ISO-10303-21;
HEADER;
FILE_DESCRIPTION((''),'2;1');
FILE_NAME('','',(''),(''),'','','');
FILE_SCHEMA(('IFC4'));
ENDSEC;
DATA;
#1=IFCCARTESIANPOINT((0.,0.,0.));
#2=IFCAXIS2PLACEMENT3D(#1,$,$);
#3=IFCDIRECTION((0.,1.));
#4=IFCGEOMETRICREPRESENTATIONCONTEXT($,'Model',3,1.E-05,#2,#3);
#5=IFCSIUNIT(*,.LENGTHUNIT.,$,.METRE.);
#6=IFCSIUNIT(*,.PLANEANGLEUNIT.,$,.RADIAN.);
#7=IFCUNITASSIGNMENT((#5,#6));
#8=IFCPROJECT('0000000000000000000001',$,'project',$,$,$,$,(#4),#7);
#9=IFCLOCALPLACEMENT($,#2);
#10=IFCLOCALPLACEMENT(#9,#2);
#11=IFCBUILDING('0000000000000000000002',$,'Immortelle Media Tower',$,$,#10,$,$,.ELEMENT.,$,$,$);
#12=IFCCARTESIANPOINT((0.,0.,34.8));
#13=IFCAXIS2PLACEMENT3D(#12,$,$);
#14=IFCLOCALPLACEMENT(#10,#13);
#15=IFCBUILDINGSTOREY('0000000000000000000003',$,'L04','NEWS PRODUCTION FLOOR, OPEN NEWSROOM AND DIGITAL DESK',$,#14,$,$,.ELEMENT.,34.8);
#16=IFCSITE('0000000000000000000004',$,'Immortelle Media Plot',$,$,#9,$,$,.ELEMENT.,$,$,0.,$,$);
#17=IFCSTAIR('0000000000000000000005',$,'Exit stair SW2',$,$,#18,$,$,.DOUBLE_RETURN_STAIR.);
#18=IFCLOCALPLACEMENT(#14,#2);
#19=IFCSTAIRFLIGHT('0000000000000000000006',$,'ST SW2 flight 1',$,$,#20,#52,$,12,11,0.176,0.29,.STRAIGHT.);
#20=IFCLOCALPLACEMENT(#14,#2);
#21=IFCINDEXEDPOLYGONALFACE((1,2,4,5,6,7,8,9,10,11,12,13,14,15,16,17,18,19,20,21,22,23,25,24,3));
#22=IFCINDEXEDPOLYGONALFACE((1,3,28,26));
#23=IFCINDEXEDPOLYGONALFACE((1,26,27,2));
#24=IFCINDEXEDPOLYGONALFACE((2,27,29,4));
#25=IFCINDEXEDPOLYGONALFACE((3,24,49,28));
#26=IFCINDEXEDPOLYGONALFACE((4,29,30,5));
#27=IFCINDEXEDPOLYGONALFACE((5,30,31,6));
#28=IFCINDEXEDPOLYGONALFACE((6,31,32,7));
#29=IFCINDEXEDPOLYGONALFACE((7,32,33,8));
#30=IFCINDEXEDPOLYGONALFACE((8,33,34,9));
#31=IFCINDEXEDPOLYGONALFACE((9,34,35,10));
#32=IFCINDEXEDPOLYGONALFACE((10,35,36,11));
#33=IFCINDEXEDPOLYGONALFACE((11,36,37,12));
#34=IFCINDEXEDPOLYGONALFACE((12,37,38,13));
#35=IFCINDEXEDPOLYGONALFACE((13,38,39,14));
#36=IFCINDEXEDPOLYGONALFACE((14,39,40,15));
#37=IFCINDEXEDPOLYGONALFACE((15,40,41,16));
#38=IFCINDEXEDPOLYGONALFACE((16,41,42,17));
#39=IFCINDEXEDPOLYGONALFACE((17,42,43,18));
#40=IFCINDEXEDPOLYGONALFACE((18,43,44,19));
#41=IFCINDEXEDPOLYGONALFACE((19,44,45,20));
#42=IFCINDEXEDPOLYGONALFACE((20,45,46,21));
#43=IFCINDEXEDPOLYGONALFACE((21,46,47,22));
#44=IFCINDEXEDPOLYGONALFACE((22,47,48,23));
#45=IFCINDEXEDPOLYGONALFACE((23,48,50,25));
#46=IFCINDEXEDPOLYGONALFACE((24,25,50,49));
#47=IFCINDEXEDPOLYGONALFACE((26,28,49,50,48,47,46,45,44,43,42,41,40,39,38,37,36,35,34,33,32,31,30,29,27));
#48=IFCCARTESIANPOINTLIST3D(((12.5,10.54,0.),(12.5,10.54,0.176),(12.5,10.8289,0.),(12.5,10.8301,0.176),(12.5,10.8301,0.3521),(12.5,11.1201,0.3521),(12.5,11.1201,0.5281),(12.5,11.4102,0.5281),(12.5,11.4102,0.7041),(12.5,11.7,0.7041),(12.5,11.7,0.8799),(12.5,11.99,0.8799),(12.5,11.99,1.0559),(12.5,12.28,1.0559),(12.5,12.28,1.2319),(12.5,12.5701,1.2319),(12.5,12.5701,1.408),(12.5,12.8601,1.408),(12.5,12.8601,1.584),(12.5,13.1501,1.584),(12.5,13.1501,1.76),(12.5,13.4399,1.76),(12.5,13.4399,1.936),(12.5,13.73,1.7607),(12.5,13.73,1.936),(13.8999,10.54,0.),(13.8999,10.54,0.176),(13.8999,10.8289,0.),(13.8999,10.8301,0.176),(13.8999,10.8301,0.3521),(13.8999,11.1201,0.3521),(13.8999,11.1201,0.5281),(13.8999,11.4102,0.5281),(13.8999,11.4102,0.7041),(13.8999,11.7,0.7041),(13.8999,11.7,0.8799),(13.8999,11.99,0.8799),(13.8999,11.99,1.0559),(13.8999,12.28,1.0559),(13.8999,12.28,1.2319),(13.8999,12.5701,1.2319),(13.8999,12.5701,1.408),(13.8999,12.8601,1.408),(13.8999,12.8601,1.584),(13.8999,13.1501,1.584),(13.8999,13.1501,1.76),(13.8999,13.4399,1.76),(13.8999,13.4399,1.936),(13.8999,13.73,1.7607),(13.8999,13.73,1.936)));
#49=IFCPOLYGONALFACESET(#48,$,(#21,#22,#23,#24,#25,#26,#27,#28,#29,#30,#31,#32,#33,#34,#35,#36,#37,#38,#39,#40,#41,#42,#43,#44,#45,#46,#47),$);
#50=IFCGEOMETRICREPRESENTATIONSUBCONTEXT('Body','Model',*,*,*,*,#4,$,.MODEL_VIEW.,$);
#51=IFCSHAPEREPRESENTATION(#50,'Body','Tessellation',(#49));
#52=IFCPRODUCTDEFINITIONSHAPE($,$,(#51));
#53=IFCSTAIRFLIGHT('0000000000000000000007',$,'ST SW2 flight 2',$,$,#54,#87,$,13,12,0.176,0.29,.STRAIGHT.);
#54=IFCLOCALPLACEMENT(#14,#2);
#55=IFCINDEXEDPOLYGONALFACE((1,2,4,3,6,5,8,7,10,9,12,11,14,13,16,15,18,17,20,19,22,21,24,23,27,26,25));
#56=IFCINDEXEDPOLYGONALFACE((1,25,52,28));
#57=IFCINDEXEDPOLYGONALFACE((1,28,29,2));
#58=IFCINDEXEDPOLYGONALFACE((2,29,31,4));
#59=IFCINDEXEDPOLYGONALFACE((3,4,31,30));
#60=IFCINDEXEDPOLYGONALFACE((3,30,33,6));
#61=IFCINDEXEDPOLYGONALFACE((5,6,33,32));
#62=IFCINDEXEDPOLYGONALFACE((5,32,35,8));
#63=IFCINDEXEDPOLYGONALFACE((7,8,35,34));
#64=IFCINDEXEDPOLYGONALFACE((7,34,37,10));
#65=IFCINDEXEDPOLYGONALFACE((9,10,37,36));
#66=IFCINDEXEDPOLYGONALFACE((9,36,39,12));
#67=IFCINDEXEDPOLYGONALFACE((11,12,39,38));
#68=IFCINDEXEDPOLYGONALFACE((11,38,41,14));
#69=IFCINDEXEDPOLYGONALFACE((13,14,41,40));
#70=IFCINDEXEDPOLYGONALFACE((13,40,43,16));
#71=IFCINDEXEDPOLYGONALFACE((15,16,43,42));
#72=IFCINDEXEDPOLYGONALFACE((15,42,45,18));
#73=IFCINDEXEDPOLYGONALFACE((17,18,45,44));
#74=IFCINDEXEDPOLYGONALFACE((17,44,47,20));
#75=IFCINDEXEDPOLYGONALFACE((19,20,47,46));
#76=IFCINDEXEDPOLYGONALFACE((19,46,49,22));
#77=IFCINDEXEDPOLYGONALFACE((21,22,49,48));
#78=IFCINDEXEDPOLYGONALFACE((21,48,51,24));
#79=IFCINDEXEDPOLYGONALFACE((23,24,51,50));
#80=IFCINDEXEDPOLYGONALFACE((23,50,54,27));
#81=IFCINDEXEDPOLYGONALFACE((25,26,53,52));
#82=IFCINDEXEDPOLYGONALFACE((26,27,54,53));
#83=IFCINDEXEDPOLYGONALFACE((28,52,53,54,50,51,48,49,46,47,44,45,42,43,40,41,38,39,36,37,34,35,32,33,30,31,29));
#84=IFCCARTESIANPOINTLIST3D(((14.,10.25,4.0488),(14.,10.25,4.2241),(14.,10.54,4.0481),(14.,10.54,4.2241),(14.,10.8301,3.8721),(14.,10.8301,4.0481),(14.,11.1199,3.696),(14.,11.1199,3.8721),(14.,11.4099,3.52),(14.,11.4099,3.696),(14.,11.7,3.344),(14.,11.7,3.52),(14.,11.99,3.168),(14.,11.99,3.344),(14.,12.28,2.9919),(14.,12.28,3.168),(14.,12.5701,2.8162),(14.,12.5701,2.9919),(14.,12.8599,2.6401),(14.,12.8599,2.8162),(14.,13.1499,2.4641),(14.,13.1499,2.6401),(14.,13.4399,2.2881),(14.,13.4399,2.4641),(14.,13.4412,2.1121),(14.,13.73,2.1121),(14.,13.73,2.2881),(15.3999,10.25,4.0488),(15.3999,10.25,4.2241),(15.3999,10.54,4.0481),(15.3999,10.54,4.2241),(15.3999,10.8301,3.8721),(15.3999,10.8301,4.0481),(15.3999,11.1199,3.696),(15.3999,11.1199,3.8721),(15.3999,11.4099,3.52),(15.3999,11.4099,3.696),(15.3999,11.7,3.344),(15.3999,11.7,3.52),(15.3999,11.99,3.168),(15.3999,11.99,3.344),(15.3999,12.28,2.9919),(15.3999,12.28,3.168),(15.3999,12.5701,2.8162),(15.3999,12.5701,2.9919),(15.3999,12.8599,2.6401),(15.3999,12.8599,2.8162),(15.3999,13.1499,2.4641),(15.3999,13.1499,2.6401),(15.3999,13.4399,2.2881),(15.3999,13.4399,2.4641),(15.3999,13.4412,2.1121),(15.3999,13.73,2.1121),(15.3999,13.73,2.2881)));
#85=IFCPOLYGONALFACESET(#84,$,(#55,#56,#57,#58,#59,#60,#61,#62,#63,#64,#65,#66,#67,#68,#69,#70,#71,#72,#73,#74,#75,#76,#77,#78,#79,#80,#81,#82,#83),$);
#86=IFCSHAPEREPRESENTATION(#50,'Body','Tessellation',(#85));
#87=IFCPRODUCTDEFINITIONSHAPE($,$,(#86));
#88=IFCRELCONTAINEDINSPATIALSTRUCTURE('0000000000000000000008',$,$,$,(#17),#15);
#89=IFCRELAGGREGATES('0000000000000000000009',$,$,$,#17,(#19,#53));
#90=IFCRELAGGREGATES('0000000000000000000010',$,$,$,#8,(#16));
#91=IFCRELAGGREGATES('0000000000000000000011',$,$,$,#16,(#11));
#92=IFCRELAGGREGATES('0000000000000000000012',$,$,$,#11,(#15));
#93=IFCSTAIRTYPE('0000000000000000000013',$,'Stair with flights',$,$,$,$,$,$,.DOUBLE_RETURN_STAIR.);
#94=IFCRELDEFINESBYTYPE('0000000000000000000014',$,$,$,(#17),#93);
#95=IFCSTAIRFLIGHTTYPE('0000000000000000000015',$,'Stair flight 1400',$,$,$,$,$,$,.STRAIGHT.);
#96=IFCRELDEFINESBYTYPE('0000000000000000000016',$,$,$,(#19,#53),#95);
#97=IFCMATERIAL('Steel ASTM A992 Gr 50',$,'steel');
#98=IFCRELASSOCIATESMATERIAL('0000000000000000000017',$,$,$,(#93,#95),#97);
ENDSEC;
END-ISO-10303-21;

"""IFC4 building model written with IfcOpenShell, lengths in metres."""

from ifc_helpers import new_model, si_unit, direction, frame, origin, place, context, subcontext, project, spatial, polyline, outline, extrude, material, type_object, element, aggregate, save


model = new_model("IFC4")

# Units and contexts
model_context = context("Model", 3, precision=1e-05, world=origin(), true_north=direction((0.0, 1.0)))
body_context = subcontext(model_context, "Body", "Model", "MODEL_VIEW")
ifc_project = project(units=[si_unit("LENGTHUNIT", "METRE"), si_unit("PLANEANGLEUNIT", "RADIAN")], contexts=[model_context])

# Site, building, storey
site_placement = place(None, origin())
site = spatial("IfcSite", under=ifc_project, at=site_placement, Name="Immortelle Media Plot", CompositionType="ELEMENT", RefElevation=0.0)
building_placement = place(site_placement, origin())
building = spatial("IfcBuilding", under=site, at=building_placement, Name="Immortelle Media Tower", CompositionType="ELEMENT")
storey_placement = place(building_placement, frame((0.0, 0.0, 34.8)))
storey = spatial("IfcBuildingStorey", under=building, at=storey_placement, Name="L04", Description="NEWS PRODUCTION FLOOR, OPEN NEWSROOM AND DIGITAL DESK", CompositionType="ELEMENT", Elevation=34.8)

# Shared definitions
ifc_material_1 = material(Name="Steel ASTM A992 Gr 50", Category="steel")

# Shared definitions
stair_type = type_object("IfcStairType", Name="Stair with flights", PredefinedType="DOUBLE_RETURN_STAIR", material=ifc_material_1)
stair_flight_type = type_object("IfcStairFlightType", Name="Stair flight 1400", PredefinedType="STRAIGHT", material=ifc_material_1)

# Stair, stair flights
stair_1_placement = place(storey_placement, origin())
stair_1 = element("IfcStair", 1, at=stair_1_placement, inside=storey, type_object=stair_type, Name="Exit stair SW2", PredefinedType="DOUBLE_RETURN_STAIR")
stair_flight_1_placement = place(storey_placement, frame((13.2, 10.54, 0.0), z_axis=(0.0, 0.0, 1.0), x_axis=(0.0, 1.0, 0.0)))
stair_flight_1 = element("IfcStairFlight", 2, at=stair_flight_1_placement, type_object=stair_flight_type, Name="ST SW2 flight 1", NumberOfRisers=12, NumberOfTreads=11, PredefinedType="STRAIGHT", RiserHeight=0.176, TreadLength=0.29, context=body_context, shape_type="SweptSolid", body=[
    extrude(outline(polyline([(0.0, 0.0), (0.0, 0.176), (0.29, 0.176), (0.29, 0.3521), (0.5801, 0.3521), (0.5801, 0.5281), (0.8701, 0.5281), (0.8701, 0.7041), (1.1599, 0.7041), (1.1599, 0.8799), (1.45, 0.8799), (1.45, 1.0559), (1.74, 1.0559), (1.74, 1.2319), (2.03, 1.2319), (2.03, 1.408), (2.3201, 1.408), (2.3201, 1.584), (2.6101, 1.584), (2.6101, 1.76), (2.8999, 1.76), (2.8999, 1.936), (3.1899, 1.936), (3.1899, 2.1121), (3.1899, 1.7607), (0.2888, 0.0), (0.0, 0.0)])), frame((0.0, 0.7, 0.0), z_axis=(0.0, -1.0, 0.0), x_axis=(1.0, 0.0, 0.0)), (0.0, 0.0, 1.0), 1.3999),
])
stair_flight_2_placement = place(storey_placement, frame((14.7, 13.73, 2.1121), z_axis=(0.0, 0.0, 1.0), x_axis=(0.0, -1.0, 0.0)))
stair_flight_2 = element("IfcStairFlight", 3, at=stair_flight_2_placement, type_object=stair_flight_type, Name="ST SW2 flight 2", NumberOfRisers=13, NumberOfTreads=12, PredefinedType="STRAIGHT", RiserHeight=0.176, TreadLength=0.29, context=body_context, shape_type="SweptSolid", body=[
    extrude(outline(polyline([(0.0, 0.0), (0.0, 0.176), (0.29, 0.176), (0.29, 0.3521), (0.5801, 0.3521), (0.5801, 0.5281), (0.8701, 0.5281), (0.8701, 0.7041), (1.1599, 0.7041), (1.1599, 0.8799), (1.45, 0.8799), (1.45, 1.0559), (1.74, 1.0559), (1.74, 1.2319), (2.03, 1.2319), (2.03, 1.408), (2.3201, 1.408), (2.3201, 1.584), (2.6101, 1.584), (2.6101, 1.76), (2.8999, 1.76), (2.8999, 1.936), (3.1899, 1.936), (3.1899, 2.1121), (3.48, 2.1121), (3.48, 2.2881), (3.48, 1.9368), (0.2888, 0.0), (0.0, 0.0)])), frame((0.0, 0.7, 0.0), z_axis=(0.0, -1.0, 0.0), x_axis=(1.0, 0.0, 0.0)), (0.0, 0.0, 1.0), 1.3999),
])
aggregate(stair_1, [stair_flight_1, stair_flight_2])

save(model, "model.ifc")
